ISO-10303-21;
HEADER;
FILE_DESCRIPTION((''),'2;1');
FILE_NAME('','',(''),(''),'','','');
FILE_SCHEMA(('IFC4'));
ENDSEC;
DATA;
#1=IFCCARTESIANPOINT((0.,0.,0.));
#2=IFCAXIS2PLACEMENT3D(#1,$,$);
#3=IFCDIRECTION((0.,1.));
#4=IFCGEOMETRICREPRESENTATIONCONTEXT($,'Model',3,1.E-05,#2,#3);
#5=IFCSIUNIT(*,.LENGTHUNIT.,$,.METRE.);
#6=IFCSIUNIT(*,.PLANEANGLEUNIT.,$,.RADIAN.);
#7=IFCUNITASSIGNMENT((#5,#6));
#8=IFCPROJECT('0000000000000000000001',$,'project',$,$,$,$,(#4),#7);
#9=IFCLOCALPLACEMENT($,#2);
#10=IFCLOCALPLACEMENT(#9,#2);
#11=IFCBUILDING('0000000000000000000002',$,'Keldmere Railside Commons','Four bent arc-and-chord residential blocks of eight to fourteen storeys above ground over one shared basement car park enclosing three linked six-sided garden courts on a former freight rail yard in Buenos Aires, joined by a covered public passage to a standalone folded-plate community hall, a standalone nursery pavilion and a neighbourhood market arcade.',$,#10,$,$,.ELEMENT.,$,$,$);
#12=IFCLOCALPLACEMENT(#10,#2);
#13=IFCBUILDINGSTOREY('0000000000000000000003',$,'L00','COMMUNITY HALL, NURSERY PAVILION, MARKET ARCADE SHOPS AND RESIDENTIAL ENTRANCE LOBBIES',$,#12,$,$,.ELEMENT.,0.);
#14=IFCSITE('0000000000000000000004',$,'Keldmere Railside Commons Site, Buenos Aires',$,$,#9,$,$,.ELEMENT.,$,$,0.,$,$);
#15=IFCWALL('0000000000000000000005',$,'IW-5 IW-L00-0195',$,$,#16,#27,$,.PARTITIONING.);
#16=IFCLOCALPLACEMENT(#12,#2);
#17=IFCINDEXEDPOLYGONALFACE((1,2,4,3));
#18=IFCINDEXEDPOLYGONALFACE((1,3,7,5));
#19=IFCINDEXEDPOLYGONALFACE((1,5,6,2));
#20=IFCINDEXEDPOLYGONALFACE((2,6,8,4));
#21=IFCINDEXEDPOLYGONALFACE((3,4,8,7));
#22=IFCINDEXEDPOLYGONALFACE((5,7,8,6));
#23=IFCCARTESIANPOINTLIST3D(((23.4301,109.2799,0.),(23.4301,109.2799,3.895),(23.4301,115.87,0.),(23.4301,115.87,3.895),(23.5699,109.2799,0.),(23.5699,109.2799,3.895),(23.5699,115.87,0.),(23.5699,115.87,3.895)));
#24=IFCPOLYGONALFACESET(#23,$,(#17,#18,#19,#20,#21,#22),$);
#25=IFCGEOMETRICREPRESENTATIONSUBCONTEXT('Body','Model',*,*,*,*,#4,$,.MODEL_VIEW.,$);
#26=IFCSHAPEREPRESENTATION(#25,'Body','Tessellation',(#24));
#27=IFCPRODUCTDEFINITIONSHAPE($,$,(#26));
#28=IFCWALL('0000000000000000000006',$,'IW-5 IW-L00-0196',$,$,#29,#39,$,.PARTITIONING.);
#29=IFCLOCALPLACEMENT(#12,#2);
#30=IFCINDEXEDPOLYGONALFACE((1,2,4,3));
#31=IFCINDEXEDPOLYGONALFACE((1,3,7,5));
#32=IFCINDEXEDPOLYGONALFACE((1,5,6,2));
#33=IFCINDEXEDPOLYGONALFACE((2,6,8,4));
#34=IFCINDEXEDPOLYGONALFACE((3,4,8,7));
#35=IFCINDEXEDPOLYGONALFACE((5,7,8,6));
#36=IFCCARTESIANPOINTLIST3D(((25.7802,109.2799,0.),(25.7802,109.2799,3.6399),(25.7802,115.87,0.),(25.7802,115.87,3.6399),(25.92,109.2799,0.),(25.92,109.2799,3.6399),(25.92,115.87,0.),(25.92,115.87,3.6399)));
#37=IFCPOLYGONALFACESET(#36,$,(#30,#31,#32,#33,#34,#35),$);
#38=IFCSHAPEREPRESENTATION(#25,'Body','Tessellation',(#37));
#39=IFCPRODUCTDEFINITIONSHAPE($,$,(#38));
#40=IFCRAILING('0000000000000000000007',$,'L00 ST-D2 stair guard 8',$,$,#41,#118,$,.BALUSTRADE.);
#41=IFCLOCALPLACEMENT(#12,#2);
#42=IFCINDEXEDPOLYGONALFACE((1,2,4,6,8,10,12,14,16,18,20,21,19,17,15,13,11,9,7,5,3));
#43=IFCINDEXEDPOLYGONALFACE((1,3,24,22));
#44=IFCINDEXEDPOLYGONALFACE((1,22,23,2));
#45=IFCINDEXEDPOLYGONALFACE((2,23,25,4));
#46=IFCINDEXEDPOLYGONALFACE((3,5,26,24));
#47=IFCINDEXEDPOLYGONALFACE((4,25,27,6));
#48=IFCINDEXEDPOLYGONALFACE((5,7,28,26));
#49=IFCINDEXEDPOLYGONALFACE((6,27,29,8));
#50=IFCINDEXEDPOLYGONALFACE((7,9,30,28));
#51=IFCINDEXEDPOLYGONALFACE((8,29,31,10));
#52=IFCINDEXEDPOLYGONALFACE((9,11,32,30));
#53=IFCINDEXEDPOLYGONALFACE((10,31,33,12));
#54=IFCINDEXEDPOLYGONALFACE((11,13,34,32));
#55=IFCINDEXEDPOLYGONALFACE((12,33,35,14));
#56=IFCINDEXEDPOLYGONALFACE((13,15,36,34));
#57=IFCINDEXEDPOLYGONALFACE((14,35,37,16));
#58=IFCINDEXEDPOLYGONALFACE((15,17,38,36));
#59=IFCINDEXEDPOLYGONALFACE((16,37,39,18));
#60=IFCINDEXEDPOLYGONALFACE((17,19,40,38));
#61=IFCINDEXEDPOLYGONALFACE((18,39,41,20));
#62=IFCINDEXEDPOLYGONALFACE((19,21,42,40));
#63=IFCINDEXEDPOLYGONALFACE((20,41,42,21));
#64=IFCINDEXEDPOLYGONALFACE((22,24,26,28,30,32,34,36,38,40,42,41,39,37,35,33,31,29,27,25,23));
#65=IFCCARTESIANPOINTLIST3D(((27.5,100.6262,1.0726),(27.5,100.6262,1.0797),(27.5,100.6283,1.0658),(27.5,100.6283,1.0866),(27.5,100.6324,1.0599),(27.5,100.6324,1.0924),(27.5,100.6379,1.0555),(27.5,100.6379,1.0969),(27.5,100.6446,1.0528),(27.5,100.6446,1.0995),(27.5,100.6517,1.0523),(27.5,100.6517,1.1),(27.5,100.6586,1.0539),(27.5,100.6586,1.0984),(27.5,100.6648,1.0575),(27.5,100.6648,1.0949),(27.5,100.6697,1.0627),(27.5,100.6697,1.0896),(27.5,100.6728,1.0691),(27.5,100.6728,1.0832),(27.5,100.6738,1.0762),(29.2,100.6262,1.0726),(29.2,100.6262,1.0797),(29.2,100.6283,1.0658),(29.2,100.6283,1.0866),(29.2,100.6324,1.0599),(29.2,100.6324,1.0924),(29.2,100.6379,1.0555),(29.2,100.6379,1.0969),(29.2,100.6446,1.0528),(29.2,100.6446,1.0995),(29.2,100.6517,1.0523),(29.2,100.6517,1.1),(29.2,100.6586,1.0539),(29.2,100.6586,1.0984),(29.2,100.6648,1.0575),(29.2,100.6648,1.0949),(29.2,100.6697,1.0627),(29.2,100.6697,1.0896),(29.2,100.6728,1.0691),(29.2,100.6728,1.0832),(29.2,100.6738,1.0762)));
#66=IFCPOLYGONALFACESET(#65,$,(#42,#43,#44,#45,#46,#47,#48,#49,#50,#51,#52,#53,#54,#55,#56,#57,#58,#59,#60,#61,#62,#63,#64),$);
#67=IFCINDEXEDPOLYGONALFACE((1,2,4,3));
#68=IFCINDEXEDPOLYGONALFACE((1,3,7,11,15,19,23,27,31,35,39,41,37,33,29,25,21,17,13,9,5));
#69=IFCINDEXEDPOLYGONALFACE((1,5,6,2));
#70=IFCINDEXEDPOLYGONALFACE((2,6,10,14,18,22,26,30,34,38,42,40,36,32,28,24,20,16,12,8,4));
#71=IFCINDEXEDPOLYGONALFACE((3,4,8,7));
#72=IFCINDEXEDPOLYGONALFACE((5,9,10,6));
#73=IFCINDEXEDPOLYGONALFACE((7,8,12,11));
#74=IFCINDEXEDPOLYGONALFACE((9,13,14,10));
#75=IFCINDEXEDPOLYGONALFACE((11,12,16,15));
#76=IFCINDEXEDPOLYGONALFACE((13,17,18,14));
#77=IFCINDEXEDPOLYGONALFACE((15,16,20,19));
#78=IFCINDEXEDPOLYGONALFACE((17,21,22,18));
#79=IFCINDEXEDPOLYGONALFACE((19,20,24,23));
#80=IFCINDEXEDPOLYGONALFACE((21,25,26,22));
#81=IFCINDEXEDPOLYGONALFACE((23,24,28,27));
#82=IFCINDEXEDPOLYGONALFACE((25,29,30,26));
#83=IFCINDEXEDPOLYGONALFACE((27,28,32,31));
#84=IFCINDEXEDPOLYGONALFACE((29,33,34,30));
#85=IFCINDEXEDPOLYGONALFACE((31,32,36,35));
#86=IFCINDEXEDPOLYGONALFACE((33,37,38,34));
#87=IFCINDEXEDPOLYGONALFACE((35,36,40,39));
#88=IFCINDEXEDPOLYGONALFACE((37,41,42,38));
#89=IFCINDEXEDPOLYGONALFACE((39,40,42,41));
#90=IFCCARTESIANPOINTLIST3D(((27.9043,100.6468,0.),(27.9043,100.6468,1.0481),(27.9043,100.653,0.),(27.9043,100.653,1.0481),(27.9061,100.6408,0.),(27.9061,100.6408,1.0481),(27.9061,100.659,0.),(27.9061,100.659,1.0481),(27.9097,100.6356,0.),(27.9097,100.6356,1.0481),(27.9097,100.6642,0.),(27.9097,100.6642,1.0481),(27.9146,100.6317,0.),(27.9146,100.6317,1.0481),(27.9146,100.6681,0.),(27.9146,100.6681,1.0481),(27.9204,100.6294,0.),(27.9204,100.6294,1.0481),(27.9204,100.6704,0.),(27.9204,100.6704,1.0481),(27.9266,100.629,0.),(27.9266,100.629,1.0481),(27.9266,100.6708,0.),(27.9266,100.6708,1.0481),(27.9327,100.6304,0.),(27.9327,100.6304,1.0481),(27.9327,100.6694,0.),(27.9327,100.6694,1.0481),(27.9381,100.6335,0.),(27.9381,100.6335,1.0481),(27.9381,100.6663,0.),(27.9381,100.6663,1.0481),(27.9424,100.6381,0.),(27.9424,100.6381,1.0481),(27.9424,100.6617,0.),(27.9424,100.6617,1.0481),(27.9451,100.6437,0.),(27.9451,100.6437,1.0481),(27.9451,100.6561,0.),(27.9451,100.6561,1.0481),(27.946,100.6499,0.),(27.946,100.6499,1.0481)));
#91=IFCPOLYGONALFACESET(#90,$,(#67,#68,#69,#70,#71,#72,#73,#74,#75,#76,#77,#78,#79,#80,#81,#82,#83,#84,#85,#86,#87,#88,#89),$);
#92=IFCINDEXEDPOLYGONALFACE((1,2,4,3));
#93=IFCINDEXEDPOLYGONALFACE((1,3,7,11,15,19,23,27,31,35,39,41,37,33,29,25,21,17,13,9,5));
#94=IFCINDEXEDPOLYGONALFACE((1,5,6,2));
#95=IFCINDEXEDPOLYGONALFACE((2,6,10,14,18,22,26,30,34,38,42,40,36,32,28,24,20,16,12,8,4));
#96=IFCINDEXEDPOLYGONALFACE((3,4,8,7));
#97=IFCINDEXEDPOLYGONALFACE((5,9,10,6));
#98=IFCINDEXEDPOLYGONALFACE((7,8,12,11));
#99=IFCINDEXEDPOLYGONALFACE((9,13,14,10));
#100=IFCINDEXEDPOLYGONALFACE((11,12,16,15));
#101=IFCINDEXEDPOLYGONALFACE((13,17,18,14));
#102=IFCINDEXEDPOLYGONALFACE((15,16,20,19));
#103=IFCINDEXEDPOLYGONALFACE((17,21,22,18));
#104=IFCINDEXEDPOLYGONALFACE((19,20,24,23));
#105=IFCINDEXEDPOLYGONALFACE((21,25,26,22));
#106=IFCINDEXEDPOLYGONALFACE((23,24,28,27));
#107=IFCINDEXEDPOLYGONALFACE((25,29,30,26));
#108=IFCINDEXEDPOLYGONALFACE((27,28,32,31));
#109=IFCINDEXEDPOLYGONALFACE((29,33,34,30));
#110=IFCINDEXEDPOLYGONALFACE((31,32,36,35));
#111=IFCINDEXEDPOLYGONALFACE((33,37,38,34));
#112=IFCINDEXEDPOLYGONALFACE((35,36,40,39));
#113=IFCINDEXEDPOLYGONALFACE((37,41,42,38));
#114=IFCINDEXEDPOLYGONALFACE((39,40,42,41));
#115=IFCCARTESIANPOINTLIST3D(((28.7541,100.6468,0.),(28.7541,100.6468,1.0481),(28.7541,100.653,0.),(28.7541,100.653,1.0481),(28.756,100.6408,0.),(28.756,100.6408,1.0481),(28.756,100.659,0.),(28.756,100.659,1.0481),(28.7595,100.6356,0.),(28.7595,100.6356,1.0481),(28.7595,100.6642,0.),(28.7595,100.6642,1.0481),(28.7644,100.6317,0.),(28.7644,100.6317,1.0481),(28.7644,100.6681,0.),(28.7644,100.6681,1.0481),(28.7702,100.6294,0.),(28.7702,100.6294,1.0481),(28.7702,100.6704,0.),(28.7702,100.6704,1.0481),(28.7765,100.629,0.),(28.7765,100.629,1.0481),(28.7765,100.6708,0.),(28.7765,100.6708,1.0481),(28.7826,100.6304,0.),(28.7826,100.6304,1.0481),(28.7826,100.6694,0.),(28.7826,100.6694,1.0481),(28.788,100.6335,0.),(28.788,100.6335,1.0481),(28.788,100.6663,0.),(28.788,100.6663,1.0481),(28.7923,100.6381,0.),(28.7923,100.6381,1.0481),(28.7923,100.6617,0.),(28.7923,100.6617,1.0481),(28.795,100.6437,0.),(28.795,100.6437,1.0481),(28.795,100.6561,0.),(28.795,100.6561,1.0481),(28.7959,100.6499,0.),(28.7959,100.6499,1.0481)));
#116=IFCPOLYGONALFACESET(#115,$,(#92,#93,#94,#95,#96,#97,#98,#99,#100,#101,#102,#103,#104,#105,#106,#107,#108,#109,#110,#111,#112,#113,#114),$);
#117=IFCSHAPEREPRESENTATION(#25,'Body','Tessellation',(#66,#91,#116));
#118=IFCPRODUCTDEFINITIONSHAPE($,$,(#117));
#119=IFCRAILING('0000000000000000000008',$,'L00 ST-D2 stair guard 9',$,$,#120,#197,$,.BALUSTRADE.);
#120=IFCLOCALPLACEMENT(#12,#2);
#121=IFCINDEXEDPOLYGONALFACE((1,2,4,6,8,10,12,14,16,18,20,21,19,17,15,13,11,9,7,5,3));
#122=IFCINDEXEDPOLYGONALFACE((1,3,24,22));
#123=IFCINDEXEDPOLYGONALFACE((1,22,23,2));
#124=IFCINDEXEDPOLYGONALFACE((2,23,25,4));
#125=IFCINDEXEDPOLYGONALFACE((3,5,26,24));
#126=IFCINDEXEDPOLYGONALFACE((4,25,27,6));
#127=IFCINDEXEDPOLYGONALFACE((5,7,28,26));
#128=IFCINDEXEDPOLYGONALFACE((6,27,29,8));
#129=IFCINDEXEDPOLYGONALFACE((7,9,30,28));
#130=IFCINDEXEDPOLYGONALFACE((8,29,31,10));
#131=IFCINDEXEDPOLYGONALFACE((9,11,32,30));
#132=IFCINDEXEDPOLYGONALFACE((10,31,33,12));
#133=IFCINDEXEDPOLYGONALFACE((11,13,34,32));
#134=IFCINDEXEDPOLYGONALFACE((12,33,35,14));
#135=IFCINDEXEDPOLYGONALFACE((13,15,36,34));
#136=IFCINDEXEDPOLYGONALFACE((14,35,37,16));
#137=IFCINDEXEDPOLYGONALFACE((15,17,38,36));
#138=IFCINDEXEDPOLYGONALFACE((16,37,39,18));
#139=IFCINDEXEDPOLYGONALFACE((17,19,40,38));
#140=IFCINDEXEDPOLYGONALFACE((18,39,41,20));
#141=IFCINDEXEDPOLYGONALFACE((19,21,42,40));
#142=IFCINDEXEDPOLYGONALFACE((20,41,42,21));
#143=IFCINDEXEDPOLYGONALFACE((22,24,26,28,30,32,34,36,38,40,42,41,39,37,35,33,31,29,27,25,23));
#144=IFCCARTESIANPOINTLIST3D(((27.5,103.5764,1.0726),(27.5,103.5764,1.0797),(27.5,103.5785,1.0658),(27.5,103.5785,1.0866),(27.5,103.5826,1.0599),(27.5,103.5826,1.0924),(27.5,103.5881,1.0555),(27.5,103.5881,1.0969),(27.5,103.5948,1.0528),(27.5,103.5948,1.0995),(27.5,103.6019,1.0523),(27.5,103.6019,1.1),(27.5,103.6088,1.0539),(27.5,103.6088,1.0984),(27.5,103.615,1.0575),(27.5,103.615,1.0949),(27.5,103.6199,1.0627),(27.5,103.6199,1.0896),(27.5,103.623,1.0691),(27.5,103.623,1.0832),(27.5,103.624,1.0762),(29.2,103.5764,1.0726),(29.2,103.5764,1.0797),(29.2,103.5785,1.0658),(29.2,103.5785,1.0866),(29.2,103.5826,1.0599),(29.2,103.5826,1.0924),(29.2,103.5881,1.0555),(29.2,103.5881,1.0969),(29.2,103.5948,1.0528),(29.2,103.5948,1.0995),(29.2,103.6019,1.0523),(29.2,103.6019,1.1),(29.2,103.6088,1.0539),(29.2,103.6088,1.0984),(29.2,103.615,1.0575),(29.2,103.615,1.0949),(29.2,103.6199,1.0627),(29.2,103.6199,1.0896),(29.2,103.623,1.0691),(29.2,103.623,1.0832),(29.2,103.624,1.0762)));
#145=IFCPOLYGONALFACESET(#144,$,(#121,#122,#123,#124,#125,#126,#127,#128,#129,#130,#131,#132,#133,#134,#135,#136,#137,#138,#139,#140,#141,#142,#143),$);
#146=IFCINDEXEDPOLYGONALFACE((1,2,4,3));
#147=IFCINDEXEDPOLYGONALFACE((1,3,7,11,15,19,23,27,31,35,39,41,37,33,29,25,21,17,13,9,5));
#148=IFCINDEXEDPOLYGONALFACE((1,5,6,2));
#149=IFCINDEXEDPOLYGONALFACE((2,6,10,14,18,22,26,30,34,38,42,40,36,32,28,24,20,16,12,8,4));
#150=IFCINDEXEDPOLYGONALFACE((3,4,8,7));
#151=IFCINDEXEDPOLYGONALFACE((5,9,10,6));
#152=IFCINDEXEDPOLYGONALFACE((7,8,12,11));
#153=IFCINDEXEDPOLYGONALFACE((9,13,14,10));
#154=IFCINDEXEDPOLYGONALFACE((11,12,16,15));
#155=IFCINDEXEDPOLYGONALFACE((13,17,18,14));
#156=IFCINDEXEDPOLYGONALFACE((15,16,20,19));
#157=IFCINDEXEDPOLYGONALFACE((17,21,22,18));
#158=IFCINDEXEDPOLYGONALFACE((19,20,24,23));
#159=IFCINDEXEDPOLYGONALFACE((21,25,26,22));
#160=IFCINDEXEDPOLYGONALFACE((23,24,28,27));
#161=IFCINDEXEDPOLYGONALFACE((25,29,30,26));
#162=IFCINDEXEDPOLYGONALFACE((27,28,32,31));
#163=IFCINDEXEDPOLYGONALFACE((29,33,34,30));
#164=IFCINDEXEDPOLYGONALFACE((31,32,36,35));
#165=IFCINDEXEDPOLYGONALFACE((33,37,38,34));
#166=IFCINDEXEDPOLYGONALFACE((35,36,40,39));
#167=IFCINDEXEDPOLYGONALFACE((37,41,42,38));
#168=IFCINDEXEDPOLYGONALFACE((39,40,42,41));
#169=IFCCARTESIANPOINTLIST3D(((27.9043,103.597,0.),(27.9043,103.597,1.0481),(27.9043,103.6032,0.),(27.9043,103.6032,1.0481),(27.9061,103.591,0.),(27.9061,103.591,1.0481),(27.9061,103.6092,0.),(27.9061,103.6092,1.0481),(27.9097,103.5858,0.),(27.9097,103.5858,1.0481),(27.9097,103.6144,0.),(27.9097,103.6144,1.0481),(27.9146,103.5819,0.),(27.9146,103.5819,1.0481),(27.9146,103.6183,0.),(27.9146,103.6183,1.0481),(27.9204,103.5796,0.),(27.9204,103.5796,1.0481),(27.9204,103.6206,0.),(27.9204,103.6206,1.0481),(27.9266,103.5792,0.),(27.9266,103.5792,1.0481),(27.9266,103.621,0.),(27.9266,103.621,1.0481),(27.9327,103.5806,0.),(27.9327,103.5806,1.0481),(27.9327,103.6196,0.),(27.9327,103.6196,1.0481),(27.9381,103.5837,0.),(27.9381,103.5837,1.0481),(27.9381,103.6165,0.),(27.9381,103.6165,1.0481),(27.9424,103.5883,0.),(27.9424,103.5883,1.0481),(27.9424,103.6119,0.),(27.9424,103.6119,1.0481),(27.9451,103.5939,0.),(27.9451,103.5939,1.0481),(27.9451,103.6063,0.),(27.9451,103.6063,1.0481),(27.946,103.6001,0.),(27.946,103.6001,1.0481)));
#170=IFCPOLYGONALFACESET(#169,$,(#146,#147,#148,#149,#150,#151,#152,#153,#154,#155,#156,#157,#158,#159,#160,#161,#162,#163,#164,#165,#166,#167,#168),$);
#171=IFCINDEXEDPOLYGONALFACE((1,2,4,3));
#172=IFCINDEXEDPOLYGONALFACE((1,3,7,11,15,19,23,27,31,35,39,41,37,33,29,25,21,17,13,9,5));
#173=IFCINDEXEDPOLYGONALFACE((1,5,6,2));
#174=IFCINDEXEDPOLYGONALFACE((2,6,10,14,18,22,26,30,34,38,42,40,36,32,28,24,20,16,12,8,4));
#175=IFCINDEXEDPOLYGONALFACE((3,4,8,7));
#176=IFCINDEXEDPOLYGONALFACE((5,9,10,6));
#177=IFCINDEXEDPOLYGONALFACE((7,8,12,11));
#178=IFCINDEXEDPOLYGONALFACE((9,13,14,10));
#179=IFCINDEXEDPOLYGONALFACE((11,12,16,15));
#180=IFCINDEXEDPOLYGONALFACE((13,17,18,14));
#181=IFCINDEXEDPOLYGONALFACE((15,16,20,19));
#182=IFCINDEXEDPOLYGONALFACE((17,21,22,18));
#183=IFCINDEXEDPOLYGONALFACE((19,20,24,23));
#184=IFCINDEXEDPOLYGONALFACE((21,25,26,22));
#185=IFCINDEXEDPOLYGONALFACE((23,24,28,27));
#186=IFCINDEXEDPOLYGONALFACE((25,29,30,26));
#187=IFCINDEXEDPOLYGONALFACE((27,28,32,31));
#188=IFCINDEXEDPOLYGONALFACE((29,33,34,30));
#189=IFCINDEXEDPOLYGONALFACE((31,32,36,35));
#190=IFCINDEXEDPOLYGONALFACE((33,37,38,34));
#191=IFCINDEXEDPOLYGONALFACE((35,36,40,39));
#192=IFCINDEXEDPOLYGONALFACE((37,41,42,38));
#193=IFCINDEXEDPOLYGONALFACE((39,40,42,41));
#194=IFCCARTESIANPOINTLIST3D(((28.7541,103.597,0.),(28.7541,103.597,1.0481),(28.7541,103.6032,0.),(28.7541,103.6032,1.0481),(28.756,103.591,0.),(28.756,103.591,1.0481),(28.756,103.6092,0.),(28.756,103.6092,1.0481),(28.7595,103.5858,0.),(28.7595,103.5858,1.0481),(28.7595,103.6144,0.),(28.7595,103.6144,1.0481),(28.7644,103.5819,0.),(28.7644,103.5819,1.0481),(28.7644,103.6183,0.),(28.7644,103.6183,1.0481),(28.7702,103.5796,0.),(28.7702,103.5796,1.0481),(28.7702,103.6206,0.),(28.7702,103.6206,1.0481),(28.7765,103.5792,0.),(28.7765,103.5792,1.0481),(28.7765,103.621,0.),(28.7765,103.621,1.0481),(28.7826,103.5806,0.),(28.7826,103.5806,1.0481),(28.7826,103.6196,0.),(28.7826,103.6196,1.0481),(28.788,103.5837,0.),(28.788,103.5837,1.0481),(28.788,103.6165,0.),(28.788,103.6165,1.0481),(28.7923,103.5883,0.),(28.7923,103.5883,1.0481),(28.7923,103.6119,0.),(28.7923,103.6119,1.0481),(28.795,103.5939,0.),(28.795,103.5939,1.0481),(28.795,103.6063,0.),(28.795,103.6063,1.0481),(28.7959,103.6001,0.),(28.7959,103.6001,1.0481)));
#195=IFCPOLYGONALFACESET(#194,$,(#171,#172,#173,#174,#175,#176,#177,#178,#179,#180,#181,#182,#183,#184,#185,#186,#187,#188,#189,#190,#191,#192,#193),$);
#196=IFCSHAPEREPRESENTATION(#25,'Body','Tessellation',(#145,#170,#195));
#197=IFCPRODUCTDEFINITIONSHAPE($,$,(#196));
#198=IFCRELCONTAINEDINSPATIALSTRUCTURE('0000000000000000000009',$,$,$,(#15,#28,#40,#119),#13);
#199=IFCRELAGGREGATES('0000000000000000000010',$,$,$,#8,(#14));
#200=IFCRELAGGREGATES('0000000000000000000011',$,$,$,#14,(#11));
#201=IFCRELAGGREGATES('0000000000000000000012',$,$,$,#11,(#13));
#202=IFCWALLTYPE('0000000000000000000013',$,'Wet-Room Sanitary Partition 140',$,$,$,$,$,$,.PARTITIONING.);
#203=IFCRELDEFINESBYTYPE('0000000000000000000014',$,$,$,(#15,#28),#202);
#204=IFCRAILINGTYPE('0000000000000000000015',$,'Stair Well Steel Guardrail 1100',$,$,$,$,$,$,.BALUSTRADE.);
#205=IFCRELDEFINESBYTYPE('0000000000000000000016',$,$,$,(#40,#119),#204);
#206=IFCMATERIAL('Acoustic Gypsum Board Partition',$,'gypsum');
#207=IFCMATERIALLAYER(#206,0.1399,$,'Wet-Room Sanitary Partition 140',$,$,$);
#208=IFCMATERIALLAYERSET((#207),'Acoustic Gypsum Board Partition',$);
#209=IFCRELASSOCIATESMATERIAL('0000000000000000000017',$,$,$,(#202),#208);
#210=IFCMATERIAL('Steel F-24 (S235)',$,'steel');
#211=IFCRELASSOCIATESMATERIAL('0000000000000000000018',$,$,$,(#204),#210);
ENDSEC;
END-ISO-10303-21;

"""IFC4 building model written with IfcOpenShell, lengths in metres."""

from ifc_helpers import new_model, si_unit, direction, frame, frame_2d, origin, origin_2d, place, context, subcontext, project, spatial, rectangle, circle, extrude, material, layer, layer_set, type_object, element, save


model = new_model("IFC4")

# Units and contexts
model_context = context("Model", 3, precision=1e-05, world=origin(), true_north=direction((0.0, 1.0)))
body_context = subcontext(model_context, "Body", "Model", "MODEL_VIEW")
ifc_project = project(units=[si_unit("LENGTHUNIT", "METRE"), si_unit("PLANEANGLEUNIT", "RADIAN")], contexts=[model_context])

# Site, building, storey
site_placement = place(None, origin())
site = spatial("IfcSite", under=ifc_project, at=site_placement, Name="Keldmere Railside Commons Site, Buenos Aires", CompositionType="ELEMENT", RefElevation=0.0)
building_placement = place(site_placement, origin())
building = spatial("IfcBuilding", under=site, at=building_placement, Name="Keldmere Railside Commons", Description="Four bent arc-and-chord residential blocks of eight to fourteen storeys above ground over one shared basement car park enclosing three linked six-sided garden courts on a former freight rail yard in Buenos Aires, joined by a covered public passage to a standalone folded-plate community hall, a standalone nursery pavilion and a neighbourhood market arcade.", CompositionType="ELEMENT")
storey_placement = place(building_placement, origin())
storey = spatial("IfcBuildingStorey", under=building, at=storey_placement, Name="L00", Description="COMMUNITY HALL, NURSERY PAVILION, MARKET ARCADE SHOPS AND RESIDENTIAL ENTRANCE LOBBIES", CompositionType="ELEMENT", Elevation=0.0)

# Walls
ifc_material_1 = material(Name="Acoustic Gypsum Board Partition", Category="gypsum")
ifc_layer_1 = layer(ifc_material_1, 0.1399, Name="Wet-Room Sanitary Partition 140")
ifc_layer_set_1 = layer_set([ifc_layer_1], Name="Acoustic Gypsum Board Partition")
wall_type_1 = type_object("IfcWallType", Name="Wet-Room Sanitary Partition 140", PredefinedType="PARTITIONING", material=ifc_layer_set_1)
wall_1_placement = place(storey_placement, frame((23.5, 109.28, 0.0), z_axis=(0.0, 0.0, 1.0), x_axis=(0.0, 1.0, 0.0)))
element("IfcWall", 1, at=wall_1_placement, inside=storey, type_object=wall_type_1, Name="IW-5 IW-L00-0195", PredefinedType="PARTITIONING", context=body_context, shape_type="SweptSolid", body=[
    extrude(rectangle(XDim=6.5901, YDim=0.1399, at=frame_2d((3.2949, 0.0))), origin(), (0.0, 0.0, 1.0), 3.895),
])
wall_2_placement = place(storey_placement, frame((25.8501, 109.28, 0.0), z_axis=(0.0, 0.0, 1.0), x_axis=(0.0, 1.0, 0.0)))
element("IfcWall", 2, at=wall_2_placement, inside=storey, type_object=wall_type_1, Name="IW-5 IW-L00-0196", PredefinedType="PARTITIONING", context=body_context, shape_type="SweptSolid", body=[
    extrude(rectangle(XDim=6.5901, YDim=0.1399, at=frame_2d((3.2949, 0.0))), origin(), (0.0, 0.0, 1.0), 3.6399),
])

# Railings
ifc_material_2 = material(Name="Steel F-24 (S235)", Category="steel")
railing_type = type_object("IfcRailingType", Name="Stair Well Steel Guardrail 1100", PredefinedType="BALUSTRADE", material=ifc_material_2)
for number, where, name in (
    (3, (27.5, 100.6499, 0.0), "L00 ST-D2 stair guard 8"),
    (4, (27.5, 103.6001, 0.0), "L00 ST-D2 stair guard 9"),
):
    element("IfcRailing", number, at=place(storey_placement, frame(where)), inside=storey, type_object=railing_type, Name=name, PredefinedType="BALUSTRADE", context=body_context, shape_type="SweptSolid", body=[
        extrude(circle(Radius=0.0239, at=origin_2d()), frame((0.0, 0.0, 1.0762), z_axis=(1.0, 0.0, 0.0), x_axis=(0.0, 1.0, 0.0)), (0.0, 0.0, 1.0), 1.7),
        extrude(circle(Radius=0.021, at=origin_2d()), frame((0.425, 0.0, 0.0)), (0.0, 0.0, 1.0), 1.0481),
        extrude(circle(Radius=0.021, at=origin_2d()), frame((1.2749, 0.0, 0.0)), (0.0, 0.0, 1.0), 1.0481),
    ])

save(model, "model.ifc")
